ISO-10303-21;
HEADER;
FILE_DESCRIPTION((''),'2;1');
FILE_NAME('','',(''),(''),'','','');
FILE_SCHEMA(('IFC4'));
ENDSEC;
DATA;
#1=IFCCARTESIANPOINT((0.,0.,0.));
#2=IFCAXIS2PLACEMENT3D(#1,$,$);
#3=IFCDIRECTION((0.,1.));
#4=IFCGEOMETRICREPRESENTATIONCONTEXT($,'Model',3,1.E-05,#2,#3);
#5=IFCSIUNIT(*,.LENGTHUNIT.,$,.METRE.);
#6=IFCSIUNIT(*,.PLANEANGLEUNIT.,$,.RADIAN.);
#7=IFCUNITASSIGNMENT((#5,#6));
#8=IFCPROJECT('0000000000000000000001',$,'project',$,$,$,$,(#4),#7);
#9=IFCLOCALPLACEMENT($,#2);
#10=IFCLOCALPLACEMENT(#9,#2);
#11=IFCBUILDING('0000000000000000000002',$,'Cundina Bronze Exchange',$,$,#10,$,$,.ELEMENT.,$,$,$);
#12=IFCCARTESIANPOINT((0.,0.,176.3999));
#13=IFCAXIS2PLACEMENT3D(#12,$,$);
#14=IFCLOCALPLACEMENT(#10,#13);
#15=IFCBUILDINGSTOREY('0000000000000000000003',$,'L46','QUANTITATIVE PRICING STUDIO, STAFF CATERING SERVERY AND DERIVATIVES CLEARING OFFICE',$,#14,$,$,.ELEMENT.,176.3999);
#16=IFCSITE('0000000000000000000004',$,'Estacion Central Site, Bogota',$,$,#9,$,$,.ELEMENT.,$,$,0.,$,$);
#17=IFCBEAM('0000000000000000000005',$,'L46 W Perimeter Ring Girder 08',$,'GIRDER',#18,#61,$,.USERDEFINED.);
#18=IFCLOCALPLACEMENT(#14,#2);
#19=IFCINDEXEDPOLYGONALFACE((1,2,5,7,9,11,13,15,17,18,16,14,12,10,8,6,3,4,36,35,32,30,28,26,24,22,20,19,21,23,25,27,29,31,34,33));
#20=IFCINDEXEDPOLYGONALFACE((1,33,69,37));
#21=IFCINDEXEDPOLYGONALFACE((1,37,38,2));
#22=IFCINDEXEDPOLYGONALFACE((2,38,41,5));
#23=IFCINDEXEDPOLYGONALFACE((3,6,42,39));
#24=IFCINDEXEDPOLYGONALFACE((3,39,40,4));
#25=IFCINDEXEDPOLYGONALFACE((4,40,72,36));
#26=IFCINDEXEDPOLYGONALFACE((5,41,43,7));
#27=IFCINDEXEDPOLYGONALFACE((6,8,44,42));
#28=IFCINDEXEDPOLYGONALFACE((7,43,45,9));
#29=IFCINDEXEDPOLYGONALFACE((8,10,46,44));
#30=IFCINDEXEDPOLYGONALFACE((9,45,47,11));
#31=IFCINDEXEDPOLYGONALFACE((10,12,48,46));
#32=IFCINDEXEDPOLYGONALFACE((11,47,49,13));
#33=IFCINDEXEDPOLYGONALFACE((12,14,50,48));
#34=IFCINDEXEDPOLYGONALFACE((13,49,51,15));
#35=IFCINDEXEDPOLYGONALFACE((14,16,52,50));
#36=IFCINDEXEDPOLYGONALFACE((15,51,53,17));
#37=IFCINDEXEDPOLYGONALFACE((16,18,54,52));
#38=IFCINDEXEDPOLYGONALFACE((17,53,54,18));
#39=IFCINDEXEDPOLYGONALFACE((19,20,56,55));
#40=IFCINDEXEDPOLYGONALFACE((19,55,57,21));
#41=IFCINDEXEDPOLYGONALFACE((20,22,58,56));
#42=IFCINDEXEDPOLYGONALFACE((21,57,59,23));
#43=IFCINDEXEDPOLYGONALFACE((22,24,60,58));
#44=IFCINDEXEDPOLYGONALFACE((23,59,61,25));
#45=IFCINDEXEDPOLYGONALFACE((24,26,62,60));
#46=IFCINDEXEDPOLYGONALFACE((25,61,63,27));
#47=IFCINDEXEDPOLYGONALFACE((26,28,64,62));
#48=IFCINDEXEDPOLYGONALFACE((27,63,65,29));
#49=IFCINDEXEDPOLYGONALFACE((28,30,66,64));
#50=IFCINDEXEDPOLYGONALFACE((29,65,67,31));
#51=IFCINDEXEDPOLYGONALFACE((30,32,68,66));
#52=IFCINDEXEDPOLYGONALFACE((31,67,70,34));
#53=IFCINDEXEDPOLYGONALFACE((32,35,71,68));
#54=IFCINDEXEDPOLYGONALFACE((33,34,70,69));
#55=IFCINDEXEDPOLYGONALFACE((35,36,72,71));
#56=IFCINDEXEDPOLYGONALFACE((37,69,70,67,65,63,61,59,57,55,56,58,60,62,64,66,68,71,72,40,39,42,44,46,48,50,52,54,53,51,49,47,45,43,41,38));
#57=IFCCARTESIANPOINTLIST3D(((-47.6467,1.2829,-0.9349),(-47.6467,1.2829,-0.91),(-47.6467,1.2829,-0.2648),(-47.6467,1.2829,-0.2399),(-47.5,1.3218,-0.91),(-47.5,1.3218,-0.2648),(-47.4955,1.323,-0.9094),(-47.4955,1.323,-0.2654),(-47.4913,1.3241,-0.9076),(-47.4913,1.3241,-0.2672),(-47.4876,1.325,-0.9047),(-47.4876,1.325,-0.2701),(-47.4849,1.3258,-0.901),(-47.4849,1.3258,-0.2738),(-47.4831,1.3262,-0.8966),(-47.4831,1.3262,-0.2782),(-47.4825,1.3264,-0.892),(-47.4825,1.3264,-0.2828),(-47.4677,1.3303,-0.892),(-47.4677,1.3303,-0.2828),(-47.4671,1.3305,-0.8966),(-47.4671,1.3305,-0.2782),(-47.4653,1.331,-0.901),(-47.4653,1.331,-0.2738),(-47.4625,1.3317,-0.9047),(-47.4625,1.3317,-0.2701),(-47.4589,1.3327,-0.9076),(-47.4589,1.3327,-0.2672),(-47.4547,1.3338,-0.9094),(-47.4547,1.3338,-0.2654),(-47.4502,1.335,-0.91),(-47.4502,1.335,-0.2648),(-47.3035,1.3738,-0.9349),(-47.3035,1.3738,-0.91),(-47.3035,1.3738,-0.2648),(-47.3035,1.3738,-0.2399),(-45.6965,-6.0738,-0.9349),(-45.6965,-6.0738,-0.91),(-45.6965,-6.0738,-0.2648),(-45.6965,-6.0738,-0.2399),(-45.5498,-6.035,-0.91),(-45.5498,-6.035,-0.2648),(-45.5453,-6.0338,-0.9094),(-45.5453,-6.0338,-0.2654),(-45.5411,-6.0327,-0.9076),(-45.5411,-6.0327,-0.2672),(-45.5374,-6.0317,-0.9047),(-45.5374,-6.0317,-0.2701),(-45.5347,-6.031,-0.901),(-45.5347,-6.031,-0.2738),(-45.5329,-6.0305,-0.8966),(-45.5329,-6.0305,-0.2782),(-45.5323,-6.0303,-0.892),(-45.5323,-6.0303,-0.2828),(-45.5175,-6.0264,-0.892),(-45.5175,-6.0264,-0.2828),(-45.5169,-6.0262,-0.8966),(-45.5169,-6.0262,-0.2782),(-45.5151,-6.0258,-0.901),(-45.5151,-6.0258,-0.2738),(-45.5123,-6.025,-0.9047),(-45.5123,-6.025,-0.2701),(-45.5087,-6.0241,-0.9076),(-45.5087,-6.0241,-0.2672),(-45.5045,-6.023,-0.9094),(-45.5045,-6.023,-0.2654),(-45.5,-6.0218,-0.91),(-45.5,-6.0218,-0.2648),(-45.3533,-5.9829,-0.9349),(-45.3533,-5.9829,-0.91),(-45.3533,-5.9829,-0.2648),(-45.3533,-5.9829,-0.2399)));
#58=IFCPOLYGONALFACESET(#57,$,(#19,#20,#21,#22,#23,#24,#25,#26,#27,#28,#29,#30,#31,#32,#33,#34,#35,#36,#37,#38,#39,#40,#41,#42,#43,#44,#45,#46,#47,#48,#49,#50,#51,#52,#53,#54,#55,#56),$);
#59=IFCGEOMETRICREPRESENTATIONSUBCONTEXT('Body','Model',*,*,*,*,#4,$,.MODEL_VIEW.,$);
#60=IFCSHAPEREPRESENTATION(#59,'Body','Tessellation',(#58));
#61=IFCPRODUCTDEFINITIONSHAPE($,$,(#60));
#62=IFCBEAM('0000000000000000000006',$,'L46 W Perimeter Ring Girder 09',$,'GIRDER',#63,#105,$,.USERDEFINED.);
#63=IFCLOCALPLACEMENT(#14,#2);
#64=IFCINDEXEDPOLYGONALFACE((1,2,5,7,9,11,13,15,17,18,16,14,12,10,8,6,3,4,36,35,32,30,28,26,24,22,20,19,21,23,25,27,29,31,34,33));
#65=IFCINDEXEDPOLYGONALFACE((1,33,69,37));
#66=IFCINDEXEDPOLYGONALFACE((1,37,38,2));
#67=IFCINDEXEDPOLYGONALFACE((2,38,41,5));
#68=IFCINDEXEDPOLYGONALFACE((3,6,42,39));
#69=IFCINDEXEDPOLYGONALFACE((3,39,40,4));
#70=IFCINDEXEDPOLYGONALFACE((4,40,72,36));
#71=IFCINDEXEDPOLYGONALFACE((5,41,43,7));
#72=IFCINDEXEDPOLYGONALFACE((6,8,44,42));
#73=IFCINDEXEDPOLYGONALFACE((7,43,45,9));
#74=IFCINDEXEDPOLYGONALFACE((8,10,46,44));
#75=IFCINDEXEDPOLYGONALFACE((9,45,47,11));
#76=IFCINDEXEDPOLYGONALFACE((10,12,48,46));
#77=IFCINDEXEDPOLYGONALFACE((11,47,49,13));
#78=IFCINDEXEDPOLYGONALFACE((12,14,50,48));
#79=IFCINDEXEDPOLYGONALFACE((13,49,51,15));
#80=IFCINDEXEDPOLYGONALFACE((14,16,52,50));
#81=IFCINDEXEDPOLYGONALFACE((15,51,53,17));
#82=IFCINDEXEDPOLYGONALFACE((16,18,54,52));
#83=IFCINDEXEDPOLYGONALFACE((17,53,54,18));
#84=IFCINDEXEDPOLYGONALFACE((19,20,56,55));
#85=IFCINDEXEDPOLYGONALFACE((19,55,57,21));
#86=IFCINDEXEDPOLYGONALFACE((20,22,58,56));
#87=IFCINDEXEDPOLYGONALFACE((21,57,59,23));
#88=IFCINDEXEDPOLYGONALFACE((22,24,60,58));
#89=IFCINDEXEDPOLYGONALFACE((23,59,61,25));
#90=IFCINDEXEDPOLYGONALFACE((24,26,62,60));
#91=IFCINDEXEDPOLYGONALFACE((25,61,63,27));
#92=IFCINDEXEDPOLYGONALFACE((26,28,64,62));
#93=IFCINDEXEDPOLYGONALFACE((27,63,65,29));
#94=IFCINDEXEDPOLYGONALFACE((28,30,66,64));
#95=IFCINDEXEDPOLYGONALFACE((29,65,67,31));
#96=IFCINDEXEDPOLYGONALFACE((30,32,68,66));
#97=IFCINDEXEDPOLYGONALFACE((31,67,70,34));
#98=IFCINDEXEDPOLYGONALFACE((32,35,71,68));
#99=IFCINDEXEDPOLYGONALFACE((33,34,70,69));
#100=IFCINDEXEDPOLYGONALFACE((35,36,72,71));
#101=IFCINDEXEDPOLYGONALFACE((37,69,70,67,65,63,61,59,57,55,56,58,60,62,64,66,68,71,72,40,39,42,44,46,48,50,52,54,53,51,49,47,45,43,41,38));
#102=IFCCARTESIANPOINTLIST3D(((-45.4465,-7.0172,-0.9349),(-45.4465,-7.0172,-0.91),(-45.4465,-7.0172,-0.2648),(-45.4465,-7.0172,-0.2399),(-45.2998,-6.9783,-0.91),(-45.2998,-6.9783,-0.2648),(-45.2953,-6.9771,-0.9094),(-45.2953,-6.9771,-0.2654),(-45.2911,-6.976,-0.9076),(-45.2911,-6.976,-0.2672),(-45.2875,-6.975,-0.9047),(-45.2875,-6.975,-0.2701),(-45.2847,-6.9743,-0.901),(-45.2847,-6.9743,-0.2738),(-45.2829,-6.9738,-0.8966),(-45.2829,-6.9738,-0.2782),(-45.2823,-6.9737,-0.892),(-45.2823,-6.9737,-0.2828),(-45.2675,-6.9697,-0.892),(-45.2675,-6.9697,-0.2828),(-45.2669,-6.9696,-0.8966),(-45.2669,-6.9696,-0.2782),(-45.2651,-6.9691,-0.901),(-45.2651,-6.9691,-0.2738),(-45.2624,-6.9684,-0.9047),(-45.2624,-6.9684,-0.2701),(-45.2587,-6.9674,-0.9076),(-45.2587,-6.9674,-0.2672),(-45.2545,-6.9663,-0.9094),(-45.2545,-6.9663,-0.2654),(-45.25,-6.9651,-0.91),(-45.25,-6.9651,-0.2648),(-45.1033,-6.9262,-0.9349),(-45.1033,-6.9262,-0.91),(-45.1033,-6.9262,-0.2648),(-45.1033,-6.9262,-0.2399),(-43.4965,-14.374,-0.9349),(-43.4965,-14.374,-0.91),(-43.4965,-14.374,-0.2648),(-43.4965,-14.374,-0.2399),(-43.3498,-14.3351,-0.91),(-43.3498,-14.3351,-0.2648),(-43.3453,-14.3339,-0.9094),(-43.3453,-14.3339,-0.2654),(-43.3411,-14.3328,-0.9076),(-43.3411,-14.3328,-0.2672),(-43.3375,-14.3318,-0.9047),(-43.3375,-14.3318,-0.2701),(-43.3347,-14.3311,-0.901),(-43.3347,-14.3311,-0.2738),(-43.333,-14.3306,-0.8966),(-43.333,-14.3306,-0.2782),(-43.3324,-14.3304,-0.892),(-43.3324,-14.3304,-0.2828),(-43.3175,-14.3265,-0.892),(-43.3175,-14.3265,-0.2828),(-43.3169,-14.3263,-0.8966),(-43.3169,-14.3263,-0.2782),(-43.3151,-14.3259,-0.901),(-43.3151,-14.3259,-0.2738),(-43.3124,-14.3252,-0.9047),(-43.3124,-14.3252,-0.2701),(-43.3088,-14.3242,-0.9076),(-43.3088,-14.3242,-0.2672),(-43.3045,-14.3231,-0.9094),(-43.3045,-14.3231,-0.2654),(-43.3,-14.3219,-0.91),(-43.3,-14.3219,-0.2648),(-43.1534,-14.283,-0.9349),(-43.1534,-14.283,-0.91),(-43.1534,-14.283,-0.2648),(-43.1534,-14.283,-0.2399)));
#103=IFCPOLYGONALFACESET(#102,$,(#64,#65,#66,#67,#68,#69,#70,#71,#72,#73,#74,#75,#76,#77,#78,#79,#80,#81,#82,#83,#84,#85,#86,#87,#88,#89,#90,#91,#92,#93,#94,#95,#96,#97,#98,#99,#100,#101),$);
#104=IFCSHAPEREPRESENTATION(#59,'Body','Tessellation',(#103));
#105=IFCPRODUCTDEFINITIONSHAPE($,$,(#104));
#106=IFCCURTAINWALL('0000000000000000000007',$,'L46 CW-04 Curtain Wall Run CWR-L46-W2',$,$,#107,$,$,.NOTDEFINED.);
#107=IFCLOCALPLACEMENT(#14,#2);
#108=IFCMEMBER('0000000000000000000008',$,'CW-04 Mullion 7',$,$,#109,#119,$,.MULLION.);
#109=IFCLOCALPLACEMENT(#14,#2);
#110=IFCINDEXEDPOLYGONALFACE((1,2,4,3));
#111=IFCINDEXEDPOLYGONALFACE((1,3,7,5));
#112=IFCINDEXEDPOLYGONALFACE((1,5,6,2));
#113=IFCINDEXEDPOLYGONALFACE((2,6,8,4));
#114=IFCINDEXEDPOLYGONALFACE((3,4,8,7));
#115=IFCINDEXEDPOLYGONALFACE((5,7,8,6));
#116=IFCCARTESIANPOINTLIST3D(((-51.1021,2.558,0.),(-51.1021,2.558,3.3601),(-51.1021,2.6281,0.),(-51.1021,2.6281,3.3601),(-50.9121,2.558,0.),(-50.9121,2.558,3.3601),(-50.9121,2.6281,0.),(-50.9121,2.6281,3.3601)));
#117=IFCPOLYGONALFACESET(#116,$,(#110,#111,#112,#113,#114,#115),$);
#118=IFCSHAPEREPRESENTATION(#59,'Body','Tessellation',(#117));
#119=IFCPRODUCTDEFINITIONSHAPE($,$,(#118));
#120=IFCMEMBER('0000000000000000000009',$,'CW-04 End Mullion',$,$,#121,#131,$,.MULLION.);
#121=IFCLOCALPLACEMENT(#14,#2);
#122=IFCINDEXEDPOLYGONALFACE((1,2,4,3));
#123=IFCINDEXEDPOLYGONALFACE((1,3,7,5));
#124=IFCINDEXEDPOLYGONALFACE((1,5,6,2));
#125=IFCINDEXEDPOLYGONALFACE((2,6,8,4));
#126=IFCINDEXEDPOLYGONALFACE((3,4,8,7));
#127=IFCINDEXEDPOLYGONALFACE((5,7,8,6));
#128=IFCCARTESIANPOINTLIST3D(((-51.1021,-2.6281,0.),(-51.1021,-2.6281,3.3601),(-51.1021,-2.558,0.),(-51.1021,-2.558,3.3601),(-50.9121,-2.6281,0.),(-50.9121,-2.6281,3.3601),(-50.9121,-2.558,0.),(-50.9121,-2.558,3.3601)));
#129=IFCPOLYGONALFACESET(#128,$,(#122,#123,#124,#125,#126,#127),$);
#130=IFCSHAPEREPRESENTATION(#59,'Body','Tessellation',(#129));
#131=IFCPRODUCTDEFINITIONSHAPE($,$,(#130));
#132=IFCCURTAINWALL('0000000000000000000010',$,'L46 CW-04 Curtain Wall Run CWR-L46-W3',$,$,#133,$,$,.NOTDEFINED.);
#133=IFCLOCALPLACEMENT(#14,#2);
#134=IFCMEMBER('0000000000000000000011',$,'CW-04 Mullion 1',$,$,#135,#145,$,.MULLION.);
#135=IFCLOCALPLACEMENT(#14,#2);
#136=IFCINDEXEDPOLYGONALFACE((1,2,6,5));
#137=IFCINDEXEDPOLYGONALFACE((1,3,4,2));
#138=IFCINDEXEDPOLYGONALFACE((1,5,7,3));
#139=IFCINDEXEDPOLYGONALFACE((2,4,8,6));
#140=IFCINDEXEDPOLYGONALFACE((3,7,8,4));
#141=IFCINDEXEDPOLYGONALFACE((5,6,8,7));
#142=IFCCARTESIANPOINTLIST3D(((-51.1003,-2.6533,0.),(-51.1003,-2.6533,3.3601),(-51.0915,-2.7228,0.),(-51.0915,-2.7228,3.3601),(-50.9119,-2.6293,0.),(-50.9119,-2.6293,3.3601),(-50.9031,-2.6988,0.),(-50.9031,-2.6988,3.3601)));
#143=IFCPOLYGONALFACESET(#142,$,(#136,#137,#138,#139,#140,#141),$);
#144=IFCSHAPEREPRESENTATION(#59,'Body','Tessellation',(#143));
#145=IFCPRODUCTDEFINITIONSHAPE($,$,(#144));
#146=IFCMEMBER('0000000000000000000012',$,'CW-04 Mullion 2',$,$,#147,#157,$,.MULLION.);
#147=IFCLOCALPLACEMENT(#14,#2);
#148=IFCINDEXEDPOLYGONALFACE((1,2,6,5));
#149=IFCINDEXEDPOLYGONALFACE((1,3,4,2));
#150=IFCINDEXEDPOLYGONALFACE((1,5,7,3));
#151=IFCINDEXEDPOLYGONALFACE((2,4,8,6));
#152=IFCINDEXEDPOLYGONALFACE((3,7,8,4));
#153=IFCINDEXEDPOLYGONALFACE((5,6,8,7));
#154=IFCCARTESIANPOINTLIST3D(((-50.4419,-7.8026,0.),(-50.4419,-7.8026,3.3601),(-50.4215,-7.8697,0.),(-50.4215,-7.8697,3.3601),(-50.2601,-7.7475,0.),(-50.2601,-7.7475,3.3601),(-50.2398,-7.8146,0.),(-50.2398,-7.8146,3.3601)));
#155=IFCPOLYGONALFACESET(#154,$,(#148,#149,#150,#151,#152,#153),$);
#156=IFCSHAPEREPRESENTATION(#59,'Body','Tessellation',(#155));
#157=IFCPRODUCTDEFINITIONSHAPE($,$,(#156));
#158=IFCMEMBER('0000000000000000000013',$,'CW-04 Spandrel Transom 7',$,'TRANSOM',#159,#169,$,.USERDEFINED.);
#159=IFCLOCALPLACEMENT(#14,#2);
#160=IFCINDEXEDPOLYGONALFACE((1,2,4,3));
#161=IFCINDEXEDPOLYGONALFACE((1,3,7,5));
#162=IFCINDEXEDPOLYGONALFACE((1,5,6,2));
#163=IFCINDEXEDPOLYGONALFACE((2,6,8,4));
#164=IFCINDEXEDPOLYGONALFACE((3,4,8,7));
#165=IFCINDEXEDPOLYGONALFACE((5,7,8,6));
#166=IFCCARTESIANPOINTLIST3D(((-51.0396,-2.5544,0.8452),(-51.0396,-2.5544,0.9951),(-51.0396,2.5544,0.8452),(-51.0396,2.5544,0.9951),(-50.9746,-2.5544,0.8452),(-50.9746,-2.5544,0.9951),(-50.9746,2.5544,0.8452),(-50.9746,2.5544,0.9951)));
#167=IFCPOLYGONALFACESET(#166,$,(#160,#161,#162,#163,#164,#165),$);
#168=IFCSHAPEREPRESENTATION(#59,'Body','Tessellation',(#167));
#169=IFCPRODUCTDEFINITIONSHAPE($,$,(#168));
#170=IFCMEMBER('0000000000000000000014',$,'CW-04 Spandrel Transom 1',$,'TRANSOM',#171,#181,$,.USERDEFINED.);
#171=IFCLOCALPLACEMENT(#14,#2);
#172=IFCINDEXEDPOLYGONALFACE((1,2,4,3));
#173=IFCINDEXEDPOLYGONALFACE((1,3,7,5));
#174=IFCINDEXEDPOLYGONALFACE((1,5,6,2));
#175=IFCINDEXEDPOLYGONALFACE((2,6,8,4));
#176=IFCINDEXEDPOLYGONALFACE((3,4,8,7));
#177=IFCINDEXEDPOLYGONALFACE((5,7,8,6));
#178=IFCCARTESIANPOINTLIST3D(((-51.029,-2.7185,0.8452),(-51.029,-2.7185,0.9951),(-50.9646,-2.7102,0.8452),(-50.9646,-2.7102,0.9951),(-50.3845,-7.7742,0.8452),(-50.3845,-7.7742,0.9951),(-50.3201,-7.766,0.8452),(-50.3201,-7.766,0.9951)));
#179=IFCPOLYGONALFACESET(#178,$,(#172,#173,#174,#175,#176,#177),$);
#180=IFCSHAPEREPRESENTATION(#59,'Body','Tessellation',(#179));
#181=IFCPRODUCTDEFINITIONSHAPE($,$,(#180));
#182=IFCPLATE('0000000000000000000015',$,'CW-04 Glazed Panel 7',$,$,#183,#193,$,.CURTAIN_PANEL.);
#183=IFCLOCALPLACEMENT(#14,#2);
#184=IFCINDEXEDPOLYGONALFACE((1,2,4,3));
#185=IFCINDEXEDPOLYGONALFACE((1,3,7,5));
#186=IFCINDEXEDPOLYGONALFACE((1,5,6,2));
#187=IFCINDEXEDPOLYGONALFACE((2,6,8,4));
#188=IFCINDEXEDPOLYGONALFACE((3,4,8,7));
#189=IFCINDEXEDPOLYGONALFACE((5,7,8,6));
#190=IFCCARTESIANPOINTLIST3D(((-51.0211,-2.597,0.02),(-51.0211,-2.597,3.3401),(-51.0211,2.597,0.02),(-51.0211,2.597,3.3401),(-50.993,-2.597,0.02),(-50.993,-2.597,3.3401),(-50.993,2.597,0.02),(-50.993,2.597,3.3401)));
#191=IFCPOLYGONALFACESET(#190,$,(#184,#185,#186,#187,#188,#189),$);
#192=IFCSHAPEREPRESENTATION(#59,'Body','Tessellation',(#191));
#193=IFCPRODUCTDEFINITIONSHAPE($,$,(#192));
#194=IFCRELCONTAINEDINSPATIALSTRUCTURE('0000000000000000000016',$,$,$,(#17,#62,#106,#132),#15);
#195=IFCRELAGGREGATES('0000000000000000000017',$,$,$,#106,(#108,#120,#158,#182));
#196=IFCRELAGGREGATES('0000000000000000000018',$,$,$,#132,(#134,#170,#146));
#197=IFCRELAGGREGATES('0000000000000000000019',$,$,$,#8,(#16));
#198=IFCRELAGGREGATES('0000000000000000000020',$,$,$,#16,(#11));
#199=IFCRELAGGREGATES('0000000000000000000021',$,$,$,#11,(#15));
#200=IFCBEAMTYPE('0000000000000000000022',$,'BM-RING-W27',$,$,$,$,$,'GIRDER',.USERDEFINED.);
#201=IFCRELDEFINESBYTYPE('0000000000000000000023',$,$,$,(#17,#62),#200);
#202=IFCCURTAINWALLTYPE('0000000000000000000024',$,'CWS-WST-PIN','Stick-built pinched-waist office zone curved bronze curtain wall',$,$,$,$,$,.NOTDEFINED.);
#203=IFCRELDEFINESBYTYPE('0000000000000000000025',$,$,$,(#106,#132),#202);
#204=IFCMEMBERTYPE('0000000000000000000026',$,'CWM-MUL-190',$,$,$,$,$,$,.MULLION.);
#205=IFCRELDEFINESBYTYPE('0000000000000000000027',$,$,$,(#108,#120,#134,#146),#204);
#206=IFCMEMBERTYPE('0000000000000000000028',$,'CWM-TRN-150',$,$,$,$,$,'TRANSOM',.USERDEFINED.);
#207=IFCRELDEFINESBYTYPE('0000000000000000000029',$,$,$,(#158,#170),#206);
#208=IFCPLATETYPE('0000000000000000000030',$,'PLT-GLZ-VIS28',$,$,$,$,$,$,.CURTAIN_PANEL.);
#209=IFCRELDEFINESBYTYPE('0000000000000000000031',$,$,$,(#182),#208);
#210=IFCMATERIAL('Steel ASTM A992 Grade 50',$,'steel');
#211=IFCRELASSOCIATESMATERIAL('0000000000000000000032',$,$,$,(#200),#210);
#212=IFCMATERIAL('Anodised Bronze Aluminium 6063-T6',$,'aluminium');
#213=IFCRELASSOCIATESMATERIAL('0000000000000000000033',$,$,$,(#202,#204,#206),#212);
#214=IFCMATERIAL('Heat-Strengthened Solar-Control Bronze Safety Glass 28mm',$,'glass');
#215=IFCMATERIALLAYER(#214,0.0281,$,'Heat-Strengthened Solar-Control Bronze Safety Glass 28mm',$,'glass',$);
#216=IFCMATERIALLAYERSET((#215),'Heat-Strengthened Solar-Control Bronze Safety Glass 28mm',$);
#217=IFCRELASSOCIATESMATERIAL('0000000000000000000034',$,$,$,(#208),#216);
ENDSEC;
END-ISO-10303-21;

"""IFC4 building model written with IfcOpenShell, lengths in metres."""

from ifc_helpers import new_model, si_unit, direction, frame, origin, origin_2d, place, context, subcontext, project, spatial, rectangle, i_section, extrude, material, layer, layer_set, material_profile, profile_set, type_object, element, aggregate, save


model = new_model("IFC4")

# Units and contexts
model_context = context("Model", 3, precision=1e-05, world=origin(), true_north=direction((0.0, 1.0)))
body_context = subcontext(model_context, "Body", "Model", "MODEL_VIEW")
ifc_project = project(units=[si_unit("LENGTHUNIT", "METRE"), si_unit("PLANEANGLEUNIT", "RADIAN")], contexts=[model_context])

# Site, building, storey
site_placement = place(None, origin())
site = spatial("IfcSite", under=ifc_project, at=site_placement, Name="Estacion Central Site, Bogota", CompositionType="ELEMENT", RefElevation=0.0)
building_placement = place(site_placement, origin())
building = spatial("IfcBuilding", under=site, at=building_placement, Name="Cundina Bronze Exchange", CompositionType="ELEMENT")
storey_placement = place(building_placement, frame((0.0, 0.0, 176.3999)))
storey = spatial("IfcBuildingStorey", under=building, at=storey_placement, Name="L46", Description="QUANTITATIVE PRICING STUDIO, STAFF CATERING SERVERY AND DERIVATIVES CLEARING OFFICE", CompositionType="ELEMENT", Elevation=176.3999)

# Shared definitions
ifc_material_1 = material(Name="Steel ASTM A992 Grade 50", Category="steel")

# Beams
ifc_material_profile_1 = material_profile(ifc_material_1, i_section(OverallWidth=0.355, OverallDepth=0.6951, WebThickness=0.0154, FlangeThickness=0.0249, FilletRadius=0.0181, at=origin_2d()), Name="W27X146", Category="steel")
ifc_profile_set_1 = profile_set([ifc_material_profile_1], Name="Steel ASTM A992 Grade 50")
beam_type_1 = type_object("IfcBeamType", Name="BM-RING-W27", ElementType="GIRDER", PredefinedType="USERDEFINED", material=ifc_profile_set_1)
for number, where, z_axis, x_axis, name in (
    (1, (-47.4751, 1.3284, -0.5874), (0.256241, -0.966613, 0.0), (0.966613, 0.256241, 0.0), "L46 W Perimeter Ring Girder 08"),
    (2, (-45.2749, -6.9717, -0.5874), (0.256211, -0.966621, 0.0), (0.966621, 0.256211, 0.0), "L46 W Perimeter Ring Girder 09"),
):
    element("IfcBeam", number, at=place(storey_placement, frame(where, z_axis=z_axis, x_axis=x_axis)), inside=storey, type_object=beam_type_1, Name=name, ObjectType="GIRDER", PredefinedType="USERDEFINED", context=body_context, shape_type="SweptSolid", body=[
        extrude(i_section(OverallWidth=0.355, OverallDepth=0.6951, WebThickness=0.0154, FlangeThickness=0.0249, FilletRadius=0.0181, at=origin_2d()), origin(), (0.0, 0.0, 1.0), 7.6108),
    ])

# Curtain walls, members
ifc_material_2 = material(Name="Anodised Bronze Aluminium 6063-T6", Category="aluminium")
curtain_wall_type = type_object("IfcCurtainWallType", Name="CWS-WST-PIN", Description="Stick-built pinched-waist office zone curved bronze curtain wall", PredefinedType="NOTDEFINED", material=ifc_material_2)
curtain_wall_1_placement = place(storey_placement, origin())
curtain_wall_1 = element("IfcCurtainWall", 3, at=curtain_wall_1_placement, inside=storey, type_object=curtain_wall_type, Name="L46 CW-04 Curtain Wall Run CWR-L46-W2", PredefinedType="NOTDEFINED")
ifc_material_profile_2 = material_profile(ifc_material_2, rectangle(XDim=0.0701, YDim=0.1899, at=origin_2d()), Name="AL70X190", Category="aluminium")
ifc_profile_set_2 = profile_set([ifc_material_profile_2], Name="Anodised Bronze Aluminium 6063-T6")
member_type_1 = type_object("IfcMemberType", Name="CWM-MUL-190", PredefinedType="MULLION", material=ifc_profile_set_2)
member_1_placement = place(storey_placement, frame((-51.0071, 2.593, 0.0), z_axis=(0.0, 0.0, 1.0), x_axis=(0.0, -1.0, 0.0)))
member_1 = element("IfcMember", 4, at=member_1_placement, type_object=member_type_1, Name="CW-04 Mullion 7", PredefinedType="MULLION", context=body_context, shape_type="SweptSolid", body=[
    extrude(rectangle(XDim=0.0701, YDim=0.1899, at=origin_2d()), origin(), (0.0, 0.0, 1.0), 3.3601),
])
member_2_placement = place(storey_placement, frame((-51.0071, -2.593, 0.0), z_axis=(0.0, 0.0, 1.0), x_axis=(0.0, -1.0, 0.0)))
member_2 = element("IfcMember", 5, at=member_2_placement, type_object=member_type_1, Name="CW-04 End Mullion", PredefinedType="MULLION", context=body_context, shape_type="SweptSolid", body=[
    extrude(rectangle(XDim=0.0701, YDim=0.1899, at=origin_2d()), origin(), (0.0, 0.0, 1.0), 3.3601),
])
curtain_wall_2_placement = place(storey_placement, origin())
curtain_wall_2 = element("IfcCurtainWall", 6, at=curtain_wall_2_placement, inside=storey, type_object=curtain_wall_type, Name="L46 CW-04 Curtain Wall Run CWR-L46-W3", PredefinedType="NOTDEFINED")
member_3_placement = place(storey_placement, frame((-51.0017, -2.676, 0.0), z_axis=(0.0, 0.0, 1.0), x_axis=(0.126545, -0.991961, 0.0)))
member_3 = element("IfcMember", 7, at=member_3_placement, type_object=member_type_1, Name="CW-04 Mullion 1", PredefinedType="MULLION", context=body_context, shape_type="SweptSolid", body=[
    extrude(rectangle(XDim=0.0701, YDim=0.1899, at=origin_2d()), origin(), (0.0, 0.0, 1.0), 3.3601),
])
member_4_placement = place(storey_placement, frame((-50.3408, -7.8086, 0.0), z_axis=(0.0, 0.0, 1.0), x_axis=(0.290034, -0.957016, 0.0)))
member_4 = element("IfcMember", 8, at=member_4_placement, type_object=member_type_1, Name="CW-04 Mullion 2", PredefinedType="MULLION", context=body_context, shape_type="SweptSolid", body=[
    extrude(rectangle(XDim=0.0701, YDim=0.1899, at=origin_2d()), origin(), (0.0, 0.0, 1.0), 3.3601),
])

# Members
ifc_material_profile_3 = material_profile(ifc_material_2, rectangle(XDim=0.0649, YDim=0.1499, at=origin_2d()), Name="AL65X150", Category="aluminium")
ifc_profile_set_3 = profile_set([ifc_material_profile_3], Name="Anodised Bronze Aluminium 6063-T6")
member_type_2 = type_object("IfcMemberType", Name="CWM-TRN-150", ElementType="TRANSOM", PredefinedType="USERDEFINED", material=ifc_profile_set_3)
member_5_placement = place(storey_placement, frame((-51.0071, 2.5544, 0.9202), z_axis=(0.0, -1.0, 0.0), x_axis=(1.0, 0.0, 0.0)))
member_5 = element("IfcMember", 9, at=member_5_placement, type_object=member_type_2, Name="CW-04 Spandrel Transom 7", ObjectType="TRANSOM", PredefinedType="USERDEFINED", context=body_context, shape_type="SweptSolid", body=[
    extrude(rectangle(XDim=0.0649, YDim=0.1499, at=origin_2d()), origin(), (0.0, 0.0, 1.0), 5.1089),
])
member_6_placement = place(storey_placement, frame((-50.9968, -2.7144, 0.9202), z_axis=(0.126463, -0.991971, 0.0), x_axis=(0.991971, 0.126463, 0.0)))
member_6 = element("IfcMember", 10, at=member_6_placement, type_object=member_type_2, Name="CW-04 Spandrel Transom 1", ObjectType="TRANSOM", PredefinedType="USERDEFINED", context=body_context, shape_type="SweptSolid", body=[
    extrude(rectangle(XDim=0.0649, YDim=0.1499, at=origin_2d()), origin(), (0.0, 0.0, 1.0), 5.0967),
])

# Plate
ifc_material_3 = material(Name="Heat-Strengthened Solar-Control Bronze Safety Glass 28mm", Category="glass")
ifc_layer_1 = layer(ifc_material_3, 0.0281, Name="Heat-Strengthened Solar-Control Bronze Safety Glass 28mm", Category="glass")
ifc_layer_set_1 = layer_set([ifc_layer_1], Name="Heat-Strengthened Solar-Control Bronze Safety Glass 28mm")
plate_type = type_object("IfcPlateType", Name="PLT-GLZ-VIS28", PredefinedType="CURTAIN_PANEL", material=ifc_layer_set_1)
plate_1_placement = place(storey_placement, frame((-51.0071, 0.0, 0.02), z_axis=(0.0, 0.0, 1.0), x_axis=(0.0, -1.0, 0.0)))
plate_1 = element("IfcPlate", 11, at=plate_1_placement, type_object=plate_type, Name="CW-04 Glazed Panel 7", PredefinedType="CURTAIN_PANEL", context=body_context, shape_type="SweptSolid", body=[
    extrude(rectangle(XDim=5.1941, YDim=0.0281, at=origin_2d()), origin(), (0.0, 0.0, 1.0), 3.3201),
])
aggregate(curtain_wall_1, [member_1, member_2, member_5, plate_1])
aggregate(curtain_wall_2, [member_3, member_6, member_4])

save(model, "model.ifc")
